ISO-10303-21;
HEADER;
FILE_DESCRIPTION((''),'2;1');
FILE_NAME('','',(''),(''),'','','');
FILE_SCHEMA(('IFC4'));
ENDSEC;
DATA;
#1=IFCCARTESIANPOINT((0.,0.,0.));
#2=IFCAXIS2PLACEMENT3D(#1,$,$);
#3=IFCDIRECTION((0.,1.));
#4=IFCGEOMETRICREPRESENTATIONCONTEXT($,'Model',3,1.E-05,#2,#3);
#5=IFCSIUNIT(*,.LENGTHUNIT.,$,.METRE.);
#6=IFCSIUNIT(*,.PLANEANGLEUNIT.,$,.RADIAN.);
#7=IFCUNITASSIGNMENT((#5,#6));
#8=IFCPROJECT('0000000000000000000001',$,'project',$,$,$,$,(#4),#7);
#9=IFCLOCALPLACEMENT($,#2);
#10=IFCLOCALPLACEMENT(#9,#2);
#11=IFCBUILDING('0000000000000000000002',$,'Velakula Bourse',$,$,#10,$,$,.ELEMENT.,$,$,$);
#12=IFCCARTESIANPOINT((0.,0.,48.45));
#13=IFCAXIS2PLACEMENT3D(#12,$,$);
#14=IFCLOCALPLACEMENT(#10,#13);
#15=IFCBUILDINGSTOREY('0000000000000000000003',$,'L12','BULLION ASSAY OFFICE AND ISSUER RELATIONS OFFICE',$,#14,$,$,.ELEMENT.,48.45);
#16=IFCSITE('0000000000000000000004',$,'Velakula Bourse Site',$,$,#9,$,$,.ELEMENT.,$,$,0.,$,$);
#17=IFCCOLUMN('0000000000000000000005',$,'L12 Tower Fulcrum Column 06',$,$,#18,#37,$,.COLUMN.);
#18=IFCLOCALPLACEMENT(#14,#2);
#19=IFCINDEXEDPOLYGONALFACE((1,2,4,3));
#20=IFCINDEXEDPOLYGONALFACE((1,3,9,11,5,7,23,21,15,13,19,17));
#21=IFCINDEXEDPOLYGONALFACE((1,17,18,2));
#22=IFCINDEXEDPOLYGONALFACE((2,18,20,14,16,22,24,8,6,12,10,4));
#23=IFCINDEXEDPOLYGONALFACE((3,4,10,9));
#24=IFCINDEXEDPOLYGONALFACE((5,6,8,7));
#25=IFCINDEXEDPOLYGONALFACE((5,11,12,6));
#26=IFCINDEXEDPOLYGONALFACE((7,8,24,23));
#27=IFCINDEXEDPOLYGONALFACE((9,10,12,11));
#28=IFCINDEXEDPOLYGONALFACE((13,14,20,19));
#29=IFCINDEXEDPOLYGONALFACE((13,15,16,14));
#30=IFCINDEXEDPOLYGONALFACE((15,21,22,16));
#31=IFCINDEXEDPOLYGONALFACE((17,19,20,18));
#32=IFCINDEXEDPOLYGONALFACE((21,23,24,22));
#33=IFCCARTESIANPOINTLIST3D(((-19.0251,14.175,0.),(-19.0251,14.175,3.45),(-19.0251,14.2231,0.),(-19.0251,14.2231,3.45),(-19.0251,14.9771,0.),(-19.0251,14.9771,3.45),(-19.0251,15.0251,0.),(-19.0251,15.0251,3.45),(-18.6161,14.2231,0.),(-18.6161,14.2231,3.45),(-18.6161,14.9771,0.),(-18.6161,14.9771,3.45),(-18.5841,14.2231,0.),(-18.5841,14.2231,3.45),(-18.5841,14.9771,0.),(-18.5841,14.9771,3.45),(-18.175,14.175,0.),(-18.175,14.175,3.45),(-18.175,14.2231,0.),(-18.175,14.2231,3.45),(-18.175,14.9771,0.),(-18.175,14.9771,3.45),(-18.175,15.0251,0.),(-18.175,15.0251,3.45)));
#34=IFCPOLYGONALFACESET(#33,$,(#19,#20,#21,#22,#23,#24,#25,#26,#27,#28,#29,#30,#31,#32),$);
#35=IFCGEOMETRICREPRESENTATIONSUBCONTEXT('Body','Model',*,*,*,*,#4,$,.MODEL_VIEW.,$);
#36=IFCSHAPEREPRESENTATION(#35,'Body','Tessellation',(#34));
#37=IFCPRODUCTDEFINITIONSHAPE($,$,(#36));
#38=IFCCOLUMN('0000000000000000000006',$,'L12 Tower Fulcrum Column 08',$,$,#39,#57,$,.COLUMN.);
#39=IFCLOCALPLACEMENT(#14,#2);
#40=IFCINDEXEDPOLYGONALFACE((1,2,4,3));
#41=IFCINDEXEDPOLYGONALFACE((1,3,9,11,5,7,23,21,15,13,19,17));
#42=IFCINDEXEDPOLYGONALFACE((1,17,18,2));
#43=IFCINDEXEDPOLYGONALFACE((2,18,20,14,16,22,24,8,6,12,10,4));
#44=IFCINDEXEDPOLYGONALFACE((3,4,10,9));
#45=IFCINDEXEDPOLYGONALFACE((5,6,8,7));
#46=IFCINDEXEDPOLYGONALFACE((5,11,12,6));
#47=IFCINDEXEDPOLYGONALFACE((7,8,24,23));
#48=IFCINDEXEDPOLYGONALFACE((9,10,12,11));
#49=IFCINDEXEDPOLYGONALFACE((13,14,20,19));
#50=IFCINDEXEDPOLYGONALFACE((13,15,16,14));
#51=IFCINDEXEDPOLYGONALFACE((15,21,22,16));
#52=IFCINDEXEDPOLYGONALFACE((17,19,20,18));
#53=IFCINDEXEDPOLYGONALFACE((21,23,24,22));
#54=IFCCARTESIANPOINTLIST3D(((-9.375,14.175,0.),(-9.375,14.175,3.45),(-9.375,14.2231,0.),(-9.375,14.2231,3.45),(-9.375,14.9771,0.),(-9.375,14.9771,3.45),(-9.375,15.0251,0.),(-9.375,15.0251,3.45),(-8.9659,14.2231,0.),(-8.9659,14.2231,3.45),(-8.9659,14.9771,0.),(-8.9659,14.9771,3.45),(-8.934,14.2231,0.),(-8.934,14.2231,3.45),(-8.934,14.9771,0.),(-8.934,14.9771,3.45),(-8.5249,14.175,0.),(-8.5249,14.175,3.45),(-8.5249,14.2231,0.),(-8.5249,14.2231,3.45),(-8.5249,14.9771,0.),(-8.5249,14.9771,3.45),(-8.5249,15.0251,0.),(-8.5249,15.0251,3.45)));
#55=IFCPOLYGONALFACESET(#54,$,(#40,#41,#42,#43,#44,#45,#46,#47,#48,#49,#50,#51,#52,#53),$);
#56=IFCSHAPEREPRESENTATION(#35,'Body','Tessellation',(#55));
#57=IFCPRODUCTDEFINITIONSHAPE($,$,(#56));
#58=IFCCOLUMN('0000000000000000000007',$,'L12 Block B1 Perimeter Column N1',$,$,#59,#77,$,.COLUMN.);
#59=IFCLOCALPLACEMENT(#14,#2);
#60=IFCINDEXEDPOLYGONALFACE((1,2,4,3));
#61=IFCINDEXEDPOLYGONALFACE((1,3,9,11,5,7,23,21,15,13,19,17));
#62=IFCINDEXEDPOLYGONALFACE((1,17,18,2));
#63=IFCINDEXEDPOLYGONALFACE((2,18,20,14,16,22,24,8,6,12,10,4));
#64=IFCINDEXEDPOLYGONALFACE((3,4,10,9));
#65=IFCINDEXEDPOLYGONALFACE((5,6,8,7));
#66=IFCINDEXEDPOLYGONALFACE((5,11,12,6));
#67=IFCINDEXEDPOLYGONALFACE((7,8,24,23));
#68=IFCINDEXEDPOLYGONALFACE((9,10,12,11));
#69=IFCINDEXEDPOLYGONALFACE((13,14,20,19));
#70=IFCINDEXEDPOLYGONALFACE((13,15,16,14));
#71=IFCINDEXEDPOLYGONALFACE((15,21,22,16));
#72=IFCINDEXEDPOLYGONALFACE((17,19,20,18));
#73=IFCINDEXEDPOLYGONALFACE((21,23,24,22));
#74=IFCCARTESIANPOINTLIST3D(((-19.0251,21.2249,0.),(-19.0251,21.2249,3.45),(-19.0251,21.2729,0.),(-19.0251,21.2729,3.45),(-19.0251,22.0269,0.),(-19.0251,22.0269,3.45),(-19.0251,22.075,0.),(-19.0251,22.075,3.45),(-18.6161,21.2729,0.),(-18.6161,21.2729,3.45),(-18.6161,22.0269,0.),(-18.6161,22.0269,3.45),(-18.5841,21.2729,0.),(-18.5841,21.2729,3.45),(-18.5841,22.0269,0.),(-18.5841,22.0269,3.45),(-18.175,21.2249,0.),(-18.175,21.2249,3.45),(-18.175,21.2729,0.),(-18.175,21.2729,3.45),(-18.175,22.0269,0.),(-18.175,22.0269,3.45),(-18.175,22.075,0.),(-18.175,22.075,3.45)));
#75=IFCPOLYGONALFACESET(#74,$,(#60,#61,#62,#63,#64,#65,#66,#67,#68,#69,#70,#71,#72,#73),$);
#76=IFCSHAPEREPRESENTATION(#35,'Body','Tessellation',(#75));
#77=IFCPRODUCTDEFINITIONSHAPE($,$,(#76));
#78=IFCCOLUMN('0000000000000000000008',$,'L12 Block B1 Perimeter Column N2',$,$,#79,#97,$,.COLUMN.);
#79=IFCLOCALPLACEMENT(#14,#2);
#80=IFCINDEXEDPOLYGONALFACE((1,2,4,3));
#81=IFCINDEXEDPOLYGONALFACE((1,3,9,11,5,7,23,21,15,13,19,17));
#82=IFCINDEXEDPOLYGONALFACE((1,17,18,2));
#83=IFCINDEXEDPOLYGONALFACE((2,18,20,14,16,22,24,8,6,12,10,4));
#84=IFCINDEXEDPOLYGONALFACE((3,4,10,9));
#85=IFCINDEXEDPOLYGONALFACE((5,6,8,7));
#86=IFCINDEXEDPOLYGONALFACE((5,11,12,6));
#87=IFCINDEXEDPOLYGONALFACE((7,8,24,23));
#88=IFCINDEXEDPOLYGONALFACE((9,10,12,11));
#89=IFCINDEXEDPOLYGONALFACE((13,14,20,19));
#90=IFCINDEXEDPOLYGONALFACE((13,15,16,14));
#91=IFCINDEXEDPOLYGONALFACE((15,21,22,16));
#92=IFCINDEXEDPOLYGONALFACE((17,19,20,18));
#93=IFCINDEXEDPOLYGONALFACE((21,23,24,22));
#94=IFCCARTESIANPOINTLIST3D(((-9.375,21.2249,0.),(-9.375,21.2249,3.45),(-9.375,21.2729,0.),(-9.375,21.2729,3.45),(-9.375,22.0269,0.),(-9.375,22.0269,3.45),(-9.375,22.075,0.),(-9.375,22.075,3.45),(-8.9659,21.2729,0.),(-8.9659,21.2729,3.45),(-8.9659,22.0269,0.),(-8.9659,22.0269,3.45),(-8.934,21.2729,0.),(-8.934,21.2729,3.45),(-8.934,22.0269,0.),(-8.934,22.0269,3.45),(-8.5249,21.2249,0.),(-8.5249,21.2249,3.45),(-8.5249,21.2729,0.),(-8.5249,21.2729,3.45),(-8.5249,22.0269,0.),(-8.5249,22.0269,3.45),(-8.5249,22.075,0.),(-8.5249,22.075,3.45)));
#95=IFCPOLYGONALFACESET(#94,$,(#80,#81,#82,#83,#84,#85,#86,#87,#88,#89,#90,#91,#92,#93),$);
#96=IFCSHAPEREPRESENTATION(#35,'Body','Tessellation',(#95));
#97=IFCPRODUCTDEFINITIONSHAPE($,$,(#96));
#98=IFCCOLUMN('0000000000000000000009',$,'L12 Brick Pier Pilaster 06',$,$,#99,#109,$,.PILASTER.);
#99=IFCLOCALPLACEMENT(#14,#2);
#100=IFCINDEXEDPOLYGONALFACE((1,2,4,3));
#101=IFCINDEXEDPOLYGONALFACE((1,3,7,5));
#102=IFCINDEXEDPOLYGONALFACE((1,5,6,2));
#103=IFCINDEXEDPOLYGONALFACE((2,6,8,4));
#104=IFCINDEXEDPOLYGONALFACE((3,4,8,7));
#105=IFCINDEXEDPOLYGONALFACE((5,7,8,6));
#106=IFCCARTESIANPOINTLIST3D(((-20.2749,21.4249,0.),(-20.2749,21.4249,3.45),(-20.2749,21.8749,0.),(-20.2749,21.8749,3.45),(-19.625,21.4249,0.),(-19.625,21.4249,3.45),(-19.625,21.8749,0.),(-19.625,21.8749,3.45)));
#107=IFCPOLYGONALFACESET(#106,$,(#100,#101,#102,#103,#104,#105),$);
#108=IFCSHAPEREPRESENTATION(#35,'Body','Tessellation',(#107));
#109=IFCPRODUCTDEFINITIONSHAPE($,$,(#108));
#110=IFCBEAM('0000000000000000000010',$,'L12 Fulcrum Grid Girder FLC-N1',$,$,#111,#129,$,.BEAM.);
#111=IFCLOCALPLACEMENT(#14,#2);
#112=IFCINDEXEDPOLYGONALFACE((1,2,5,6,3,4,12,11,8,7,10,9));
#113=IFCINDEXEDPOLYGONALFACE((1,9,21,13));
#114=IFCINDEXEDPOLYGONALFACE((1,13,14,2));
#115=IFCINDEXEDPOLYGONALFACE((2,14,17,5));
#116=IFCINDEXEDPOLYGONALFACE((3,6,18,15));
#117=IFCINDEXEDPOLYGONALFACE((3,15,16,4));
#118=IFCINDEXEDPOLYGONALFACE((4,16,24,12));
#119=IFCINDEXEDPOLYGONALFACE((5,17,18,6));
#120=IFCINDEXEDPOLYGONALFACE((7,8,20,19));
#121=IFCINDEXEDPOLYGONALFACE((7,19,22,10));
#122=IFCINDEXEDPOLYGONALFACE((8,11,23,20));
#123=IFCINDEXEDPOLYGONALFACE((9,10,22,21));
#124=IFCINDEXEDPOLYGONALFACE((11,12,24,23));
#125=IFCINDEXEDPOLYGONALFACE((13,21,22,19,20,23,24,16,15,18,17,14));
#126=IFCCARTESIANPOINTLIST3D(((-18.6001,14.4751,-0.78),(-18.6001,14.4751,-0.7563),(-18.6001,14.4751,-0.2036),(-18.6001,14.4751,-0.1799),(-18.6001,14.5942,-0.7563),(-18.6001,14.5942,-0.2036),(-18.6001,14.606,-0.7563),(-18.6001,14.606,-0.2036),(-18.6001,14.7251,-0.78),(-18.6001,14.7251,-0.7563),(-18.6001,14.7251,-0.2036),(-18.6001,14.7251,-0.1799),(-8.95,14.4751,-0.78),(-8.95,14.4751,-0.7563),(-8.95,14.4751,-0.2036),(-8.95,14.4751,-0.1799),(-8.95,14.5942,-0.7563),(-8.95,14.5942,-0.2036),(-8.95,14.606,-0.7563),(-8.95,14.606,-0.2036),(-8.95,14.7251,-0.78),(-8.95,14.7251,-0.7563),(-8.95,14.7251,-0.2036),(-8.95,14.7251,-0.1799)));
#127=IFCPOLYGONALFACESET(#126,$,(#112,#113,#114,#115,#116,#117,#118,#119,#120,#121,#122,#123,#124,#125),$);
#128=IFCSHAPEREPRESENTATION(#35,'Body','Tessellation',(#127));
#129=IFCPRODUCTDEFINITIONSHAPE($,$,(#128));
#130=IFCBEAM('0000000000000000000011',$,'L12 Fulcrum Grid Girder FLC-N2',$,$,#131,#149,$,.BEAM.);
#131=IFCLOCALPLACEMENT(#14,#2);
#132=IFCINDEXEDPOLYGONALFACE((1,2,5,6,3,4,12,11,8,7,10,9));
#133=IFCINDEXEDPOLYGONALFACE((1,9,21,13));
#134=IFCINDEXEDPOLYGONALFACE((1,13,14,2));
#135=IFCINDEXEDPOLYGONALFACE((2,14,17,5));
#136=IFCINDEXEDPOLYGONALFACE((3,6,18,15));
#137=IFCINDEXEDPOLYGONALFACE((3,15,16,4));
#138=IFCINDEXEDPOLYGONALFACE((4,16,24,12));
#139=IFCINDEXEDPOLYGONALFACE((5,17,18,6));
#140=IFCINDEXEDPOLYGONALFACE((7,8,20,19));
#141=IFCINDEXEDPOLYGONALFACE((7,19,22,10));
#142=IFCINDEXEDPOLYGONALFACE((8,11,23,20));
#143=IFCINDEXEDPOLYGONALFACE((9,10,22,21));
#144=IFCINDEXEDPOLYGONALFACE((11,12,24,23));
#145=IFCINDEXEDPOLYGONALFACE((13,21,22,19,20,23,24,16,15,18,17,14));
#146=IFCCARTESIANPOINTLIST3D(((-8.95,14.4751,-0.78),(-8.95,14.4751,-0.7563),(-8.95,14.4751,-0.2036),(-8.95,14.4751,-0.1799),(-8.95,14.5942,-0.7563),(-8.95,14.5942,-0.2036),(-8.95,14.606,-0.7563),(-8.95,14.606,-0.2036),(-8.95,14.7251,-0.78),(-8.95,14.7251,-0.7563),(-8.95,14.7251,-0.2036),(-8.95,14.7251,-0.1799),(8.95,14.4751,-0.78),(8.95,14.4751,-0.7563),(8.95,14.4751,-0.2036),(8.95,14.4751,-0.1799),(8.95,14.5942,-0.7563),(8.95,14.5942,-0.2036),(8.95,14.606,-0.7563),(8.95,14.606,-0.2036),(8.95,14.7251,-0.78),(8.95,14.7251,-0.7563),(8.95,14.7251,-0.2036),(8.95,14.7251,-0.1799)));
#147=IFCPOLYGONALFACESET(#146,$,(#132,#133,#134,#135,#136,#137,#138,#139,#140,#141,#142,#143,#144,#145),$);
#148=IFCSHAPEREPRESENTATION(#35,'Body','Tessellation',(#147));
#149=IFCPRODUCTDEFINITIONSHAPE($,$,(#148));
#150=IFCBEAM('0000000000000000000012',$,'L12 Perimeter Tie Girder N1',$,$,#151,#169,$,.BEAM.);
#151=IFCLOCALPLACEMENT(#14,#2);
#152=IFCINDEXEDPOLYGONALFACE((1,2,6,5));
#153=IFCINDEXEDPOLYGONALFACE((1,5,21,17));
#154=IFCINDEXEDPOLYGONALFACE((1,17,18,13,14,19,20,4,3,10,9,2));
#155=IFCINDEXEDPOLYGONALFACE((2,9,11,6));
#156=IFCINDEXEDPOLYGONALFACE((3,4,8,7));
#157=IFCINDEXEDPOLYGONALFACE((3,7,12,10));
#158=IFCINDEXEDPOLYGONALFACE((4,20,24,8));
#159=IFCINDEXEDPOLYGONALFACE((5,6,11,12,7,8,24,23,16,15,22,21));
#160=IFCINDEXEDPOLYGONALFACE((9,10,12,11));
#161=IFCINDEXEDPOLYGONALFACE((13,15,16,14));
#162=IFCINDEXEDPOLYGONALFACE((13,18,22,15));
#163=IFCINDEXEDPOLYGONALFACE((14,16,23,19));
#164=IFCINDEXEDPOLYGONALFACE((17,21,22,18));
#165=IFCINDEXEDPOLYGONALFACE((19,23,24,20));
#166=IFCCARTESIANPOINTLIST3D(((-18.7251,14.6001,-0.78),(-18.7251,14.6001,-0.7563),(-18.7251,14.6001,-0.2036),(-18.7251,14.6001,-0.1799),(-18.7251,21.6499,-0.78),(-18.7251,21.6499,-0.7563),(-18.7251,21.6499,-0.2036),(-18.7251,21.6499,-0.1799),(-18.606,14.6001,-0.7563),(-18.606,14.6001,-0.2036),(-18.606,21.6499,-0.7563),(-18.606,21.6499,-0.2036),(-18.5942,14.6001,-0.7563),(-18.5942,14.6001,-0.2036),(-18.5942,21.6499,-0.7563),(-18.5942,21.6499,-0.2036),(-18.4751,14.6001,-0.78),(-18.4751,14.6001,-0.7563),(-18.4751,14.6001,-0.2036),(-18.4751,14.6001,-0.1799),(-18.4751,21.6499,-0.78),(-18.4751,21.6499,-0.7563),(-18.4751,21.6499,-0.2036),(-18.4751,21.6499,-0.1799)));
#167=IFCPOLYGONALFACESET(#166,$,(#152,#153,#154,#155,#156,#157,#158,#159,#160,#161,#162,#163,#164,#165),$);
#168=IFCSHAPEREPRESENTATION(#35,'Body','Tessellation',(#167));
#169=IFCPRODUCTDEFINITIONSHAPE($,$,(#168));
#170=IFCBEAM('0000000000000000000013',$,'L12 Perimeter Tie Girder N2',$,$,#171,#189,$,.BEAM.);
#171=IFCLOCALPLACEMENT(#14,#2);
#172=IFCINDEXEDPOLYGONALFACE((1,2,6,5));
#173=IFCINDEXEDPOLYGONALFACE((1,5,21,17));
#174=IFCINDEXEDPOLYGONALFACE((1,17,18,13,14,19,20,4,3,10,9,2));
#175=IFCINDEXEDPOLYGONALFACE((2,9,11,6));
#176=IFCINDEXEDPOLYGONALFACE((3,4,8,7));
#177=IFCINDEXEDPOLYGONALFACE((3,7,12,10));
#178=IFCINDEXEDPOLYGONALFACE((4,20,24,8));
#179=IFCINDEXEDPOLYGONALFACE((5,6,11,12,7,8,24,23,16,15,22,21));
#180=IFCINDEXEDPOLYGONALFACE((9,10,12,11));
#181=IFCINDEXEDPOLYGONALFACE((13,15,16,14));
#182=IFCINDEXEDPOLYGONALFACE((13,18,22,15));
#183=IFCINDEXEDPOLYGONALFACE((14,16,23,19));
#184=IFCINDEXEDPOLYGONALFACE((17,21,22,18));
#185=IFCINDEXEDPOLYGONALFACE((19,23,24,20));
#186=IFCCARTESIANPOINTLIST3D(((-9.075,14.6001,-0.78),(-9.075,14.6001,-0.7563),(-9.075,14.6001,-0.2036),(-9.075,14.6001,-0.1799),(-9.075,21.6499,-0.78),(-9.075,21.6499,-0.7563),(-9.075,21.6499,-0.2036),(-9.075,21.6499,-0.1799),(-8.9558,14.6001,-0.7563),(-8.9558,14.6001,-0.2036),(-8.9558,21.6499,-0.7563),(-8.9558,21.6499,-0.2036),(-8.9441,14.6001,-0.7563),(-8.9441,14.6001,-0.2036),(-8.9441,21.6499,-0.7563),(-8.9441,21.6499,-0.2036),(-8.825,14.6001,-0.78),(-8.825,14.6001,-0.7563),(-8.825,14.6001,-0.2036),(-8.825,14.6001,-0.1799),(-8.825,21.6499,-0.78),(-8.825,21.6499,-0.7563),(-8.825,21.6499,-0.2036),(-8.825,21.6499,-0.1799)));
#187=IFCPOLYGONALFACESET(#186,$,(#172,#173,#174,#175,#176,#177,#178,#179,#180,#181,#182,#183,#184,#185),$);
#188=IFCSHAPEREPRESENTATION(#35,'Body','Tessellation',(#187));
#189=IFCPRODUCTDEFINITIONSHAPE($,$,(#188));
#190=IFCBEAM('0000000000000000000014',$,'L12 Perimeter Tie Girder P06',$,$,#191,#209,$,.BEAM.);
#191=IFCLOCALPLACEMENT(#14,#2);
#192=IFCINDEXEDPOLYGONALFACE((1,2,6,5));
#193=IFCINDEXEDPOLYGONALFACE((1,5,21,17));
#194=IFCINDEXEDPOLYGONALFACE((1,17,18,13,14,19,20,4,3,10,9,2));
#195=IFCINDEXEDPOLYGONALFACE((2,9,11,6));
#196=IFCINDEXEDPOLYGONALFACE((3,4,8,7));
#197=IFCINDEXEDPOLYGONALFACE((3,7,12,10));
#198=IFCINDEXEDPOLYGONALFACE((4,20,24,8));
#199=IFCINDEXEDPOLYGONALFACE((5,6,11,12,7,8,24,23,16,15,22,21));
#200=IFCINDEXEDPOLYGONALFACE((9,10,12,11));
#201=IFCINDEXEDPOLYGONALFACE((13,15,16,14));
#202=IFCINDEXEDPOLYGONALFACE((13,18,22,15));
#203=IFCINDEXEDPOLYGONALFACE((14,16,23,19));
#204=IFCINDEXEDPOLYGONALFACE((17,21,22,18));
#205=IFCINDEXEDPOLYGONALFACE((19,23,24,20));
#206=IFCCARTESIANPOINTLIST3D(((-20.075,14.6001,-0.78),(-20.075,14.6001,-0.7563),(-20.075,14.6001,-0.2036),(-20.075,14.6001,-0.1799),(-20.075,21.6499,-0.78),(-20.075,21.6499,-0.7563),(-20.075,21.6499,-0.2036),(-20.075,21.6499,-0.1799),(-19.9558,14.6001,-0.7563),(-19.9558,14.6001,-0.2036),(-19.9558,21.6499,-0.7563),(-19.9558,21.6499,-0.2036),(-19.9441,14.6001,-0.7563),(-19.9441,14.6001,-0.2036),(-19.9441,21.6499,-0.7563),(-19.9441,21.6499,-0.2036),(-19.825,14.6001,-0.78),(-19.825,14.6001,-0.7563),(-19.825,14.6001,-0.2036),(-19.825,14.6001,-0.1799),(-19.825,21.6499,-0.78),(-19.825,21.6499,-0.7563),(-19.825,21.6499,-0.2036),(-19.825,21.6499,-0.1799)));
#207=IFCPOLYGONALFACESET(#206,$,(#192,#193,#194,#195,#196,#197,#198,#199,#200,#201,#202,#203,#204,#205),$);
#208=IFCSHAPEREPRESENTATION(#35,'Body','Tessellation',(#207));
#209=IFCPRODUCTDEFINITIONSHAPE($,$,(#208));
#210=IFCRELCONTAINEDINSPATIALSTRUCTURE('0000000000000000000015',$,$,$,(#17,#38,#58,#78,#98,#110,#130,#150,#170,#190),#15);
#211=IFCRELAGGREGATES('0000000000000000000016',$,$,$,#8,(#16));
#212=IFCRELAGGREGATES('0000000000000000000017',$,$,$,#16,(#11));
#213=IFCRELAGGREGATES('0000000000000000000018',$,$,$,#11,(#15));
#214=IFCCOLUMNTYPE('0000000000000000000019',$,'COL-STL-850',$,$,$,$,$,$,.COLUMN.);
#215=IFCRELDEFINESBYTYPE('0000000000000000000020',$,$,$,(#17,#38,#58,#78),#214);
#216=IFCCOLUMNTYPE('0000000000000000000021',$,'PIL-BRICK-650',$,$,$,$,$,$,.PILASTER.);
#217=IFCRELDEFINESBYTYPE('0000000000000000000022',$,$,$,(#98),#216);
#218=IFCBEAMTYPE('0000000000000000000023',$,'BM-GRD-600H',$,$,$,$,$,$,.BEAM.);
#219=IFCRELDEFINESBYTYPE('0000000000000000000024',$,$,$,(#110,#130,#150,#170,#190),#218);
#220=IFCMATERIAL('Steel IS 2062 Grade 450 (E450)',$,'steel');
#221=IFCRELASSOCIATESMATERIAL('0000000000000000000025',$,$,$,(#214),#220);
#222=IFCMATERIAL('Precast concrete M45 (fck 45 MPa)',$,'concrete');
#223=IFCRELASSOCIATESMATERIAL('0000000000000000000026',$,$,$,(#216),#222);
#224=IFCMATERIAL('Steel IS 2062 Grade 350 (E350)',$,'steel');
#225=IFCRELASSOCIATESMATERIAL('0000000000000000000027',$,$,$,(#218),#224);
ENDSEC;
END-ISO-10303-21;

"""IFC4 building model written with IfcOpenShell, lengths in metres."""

from ifc_helpers import new_model, si_unit, direction, frame, origin, origin_2d, place, context, subcontext, project, spatial, rectangle, i_section, extrude, material, material_profile, profile_set, type_object, element, save


model = new_model("IFC4")

# Units and contexts
model_context = context("Model", 3, precision=1e-05, world=origin(), true_north=direction((0.0, 1.0)))
body_context = subcontext(model_context, "Body", "Model", "MODEL_VIEW")
ifc_project = project(units=[si_unit("LENGTHUNIT", "METRE"), si_unit("PLANEANGLEUNIT", "RADIAN")], contexts=[model_context])

# Site, building, storey
site_placement = place(None, origin())
site = spatial("IfcSite", under=ifc_project, at=site_placement, Name="Velakula Bourse Site", CompositionType="ELEMENT", RefElevation=0.0)
building_placement = place(site_placement, origin())
building = spatial("IfcBuilding", under=site, at=building_placement, Name="Velakula Bourse", CompositionType="ELEMENT")
storey_placement = place(building_placement, frame((0.0, 0.0, 48.45)))
storey = spatial("IfcBuildingStorey", under=building, at=storey_placement, Name="L12", Description="BULLION ASSAY OFFICE AND ISSUER RELATIONS OFFICE", CompositionType="ELEMENT", Elevation=48.45)

# Columns
ifc_material_1 = material(Name="Steel IS 2062 Grade 450 (E450)", Category="steel")
ifc_material_profile_1 = material_profile(ifc_material_1, i_section(OverallWidth=0.8501, OverallDepth=0.8501, WebThickness=0.032, FlangeThickness=0.0481, at=origin_2d()), Name="Steel IS 2062 Grade 450 (E450)")
ifc_profile_set_1 = profile_set([ifc_material_profile_1], Name="Steel IS 2062 Grade 450 (E450)")
column_type_1 = type_object("IfcColumnType", Name="COL-STL-850", PredefinedType="COLUMN", material=ifc_profile_set_1)
for number, where, z_axis, x_axis, name in (
    (1, (-18.6001, 14.6001, 0.0), (0.0, 0.0, 1.0), (1.0, 0.0, 0.0), "L12 Tower Fulcrum Column 06"),
    (2, (-8.95, 14.6001, 0.0), (0.0, 0.0, 1.0), (1.0, 0.0, 0.0), "L12 Tower Fulcrum Column 08"),
    (3, (-18.6001, 21.6499, 0.0), (0.0, 0.0, 1.0), (1.0, 0.0, 0.0), "L12 Block B1 Perimeter Column N1"),
    (4, (-8.95, 21.6499, 0.0), (0.0, 0.0, 1.0), (1.0, 0.0, 0.0), "L12 Block B1 Perimeter Column N2"),
):
    element("IfcColumn", number, at=place(storey_placement, frame(where, z_axis=z_axis, x_axis=x_axis)), inside=storey, type_object=column_type_1, Name=name, PredefinedType="COLUMN", context=body_context, shape_type="SweptSolid", body=[
        extrude(i_section(OverallWidth=0.8501, OverallDepth=0.8501, WebThickness=0.032, FlangeThickness=0.0481, at=origin_2d()), origin(), (0.0, 0.0, 1.0), 3.45),
    ])
ifc_material_2 = material(Name="Precast concrete M45 (fck 45 MPa)", Category="concrete")
ifc_material_profile_2 = material_profile(ifc_material_2, rectangle(XDim=0.6499, YDim=0.45, at=origin_2d()), Name="Precast concrete M45 (fck 45 MPa)")
ifc_profile_set_2 = profile_set([ifc_material_profile_2], Name="Precast concrete M45 (fck 45 MPa)")
column_type_2 = type_object("IfcColumnType", Name="PIL-BRICK-650", PredefinedType="PILASTER", material=ifc_profile_set_2)
column_placement = place(storey_placement, frame((-19.95, 21.6499, 0.0), z_axis=(0.0, 0.0, 1.0), x_axis=(1.0, 0.0, 0.0)))
element("IfcColumn", 5, at=column_placement, inside=storey, type_object=column_type_2, Name="L12 Brick Pier Pilaster 06", PredefinedType="PILASTER", context=body_context, shape_type="SweptSolid", body=[
    extrude(rectangle(XDim=0.6499, YDim=0.45, at=origin_2d()), origin(), (0.0, 0.0, 1.0), 3.45),
])

# Beams
ifc_material_3 = material(Name="Steel IS 2062 Grade 350 (E350)", Category="steel")
ifc_material_profile_3 = material_profile(ifc_material_3, i_section(OverallWidth=0.25, OverallDepth=0.6001, WebThickness=0.0117, FlangeThickness=0.0237, at=origin_2d()), Name="Steel IS 2062 Grade 350 (E350)")
ifc_profile_set_3 = profile_set([ifc_material_profile_3], Name="Steel IS 2062 Grade 350 (E350)")
beam_type_1 = type_object("IfcBeamType", Name="BM-GRD-600H", PredefinedType="BEAM", material=ifc_profile_set_3)
beam_1_placement = place(storey_placement, frame((-18.6001, 14.6001, -0.48), z_axis=(1.0, 0.0, 0.0), x_axis=(0.0, 1.0, 0.0)))
element("IfcBeam", 6, at=beam_1_placement, inside=storey, type_object=beam_type_1, Name="L12 Fulcrum Grid Girder FLC-N1", PredefinedType="BEAM", context=body_context, shape_type="SweptSolid", body=[
    extrude(i_section(OverallWidth=0.25, OverallDepth=0.6001, WebThickness=0.0117, FlangeThickness=0.0237, at=origin_2d()), origin(), (0.0, 0.0, 1.0), 9.6501),
])
beam_2_placement = place(storey_placement, frame((-8.95, 14.6001, -0.48), z_axis=(1.0, 0.0, 0.0), x_axis=(0.0, 1.0, 0.0)))
element("IfcBeam", 7, at=beam_2_placement, inside=storey, type_object=beam_type_1, Name="L12 Fulcrum Grid Girder FLC-N2", PredefinedType="BEAM", context=body_context, shape_type="SweptSolid", body=[
    extrude(i_section(OverallWidth=0.25, OverallDepth=0.6001, WebThickness=0.0117, FlangeThickness=0.0237, at=origin_2d()), origin(), (0.0, 0.0, 1.0), 17.8999),
])
for number, where, z_axis, x_axis, name in (
    (8, (-18.6001, 14.6001, -0.48), (0.0, 1.0, 0.0), (-1.0, 0.0, 0.0), "L12 Perimeter Tie Girder N1"),
    (9, (-8.95, 14.6001, -0.48), (0.0, 1.0, 0.0), (-1.0, 0.0, 0.0), "L12 Perimeter Tie Girder N2"),
    (10, (-19.95, 14.6001, -0.48), (0.0, 1.0, 0.0), (-1.0, 0.0, 0.0), "L12 Perimeter Tie Girder P06"),
):
    element("IfcBeam", number, at=place(storey_placement, frame(where, z_axis=z_axis, x_axis=x_axis)), inside=storey, type_object=beam_type_1, Name=name, PredefinedType="BEAM", context=body_context, shape_type="SweptSolid", body=[
        extrude(i_section(OverallWidth=0.25, OverallDepth=0.6001, WebThickness=0.0117, FlangeThickness=0.0237, at=origin_2d()), origin(), (0.0, 0.0, 1.0), 7.0498),
    ])

save(model, "model.ifc")
